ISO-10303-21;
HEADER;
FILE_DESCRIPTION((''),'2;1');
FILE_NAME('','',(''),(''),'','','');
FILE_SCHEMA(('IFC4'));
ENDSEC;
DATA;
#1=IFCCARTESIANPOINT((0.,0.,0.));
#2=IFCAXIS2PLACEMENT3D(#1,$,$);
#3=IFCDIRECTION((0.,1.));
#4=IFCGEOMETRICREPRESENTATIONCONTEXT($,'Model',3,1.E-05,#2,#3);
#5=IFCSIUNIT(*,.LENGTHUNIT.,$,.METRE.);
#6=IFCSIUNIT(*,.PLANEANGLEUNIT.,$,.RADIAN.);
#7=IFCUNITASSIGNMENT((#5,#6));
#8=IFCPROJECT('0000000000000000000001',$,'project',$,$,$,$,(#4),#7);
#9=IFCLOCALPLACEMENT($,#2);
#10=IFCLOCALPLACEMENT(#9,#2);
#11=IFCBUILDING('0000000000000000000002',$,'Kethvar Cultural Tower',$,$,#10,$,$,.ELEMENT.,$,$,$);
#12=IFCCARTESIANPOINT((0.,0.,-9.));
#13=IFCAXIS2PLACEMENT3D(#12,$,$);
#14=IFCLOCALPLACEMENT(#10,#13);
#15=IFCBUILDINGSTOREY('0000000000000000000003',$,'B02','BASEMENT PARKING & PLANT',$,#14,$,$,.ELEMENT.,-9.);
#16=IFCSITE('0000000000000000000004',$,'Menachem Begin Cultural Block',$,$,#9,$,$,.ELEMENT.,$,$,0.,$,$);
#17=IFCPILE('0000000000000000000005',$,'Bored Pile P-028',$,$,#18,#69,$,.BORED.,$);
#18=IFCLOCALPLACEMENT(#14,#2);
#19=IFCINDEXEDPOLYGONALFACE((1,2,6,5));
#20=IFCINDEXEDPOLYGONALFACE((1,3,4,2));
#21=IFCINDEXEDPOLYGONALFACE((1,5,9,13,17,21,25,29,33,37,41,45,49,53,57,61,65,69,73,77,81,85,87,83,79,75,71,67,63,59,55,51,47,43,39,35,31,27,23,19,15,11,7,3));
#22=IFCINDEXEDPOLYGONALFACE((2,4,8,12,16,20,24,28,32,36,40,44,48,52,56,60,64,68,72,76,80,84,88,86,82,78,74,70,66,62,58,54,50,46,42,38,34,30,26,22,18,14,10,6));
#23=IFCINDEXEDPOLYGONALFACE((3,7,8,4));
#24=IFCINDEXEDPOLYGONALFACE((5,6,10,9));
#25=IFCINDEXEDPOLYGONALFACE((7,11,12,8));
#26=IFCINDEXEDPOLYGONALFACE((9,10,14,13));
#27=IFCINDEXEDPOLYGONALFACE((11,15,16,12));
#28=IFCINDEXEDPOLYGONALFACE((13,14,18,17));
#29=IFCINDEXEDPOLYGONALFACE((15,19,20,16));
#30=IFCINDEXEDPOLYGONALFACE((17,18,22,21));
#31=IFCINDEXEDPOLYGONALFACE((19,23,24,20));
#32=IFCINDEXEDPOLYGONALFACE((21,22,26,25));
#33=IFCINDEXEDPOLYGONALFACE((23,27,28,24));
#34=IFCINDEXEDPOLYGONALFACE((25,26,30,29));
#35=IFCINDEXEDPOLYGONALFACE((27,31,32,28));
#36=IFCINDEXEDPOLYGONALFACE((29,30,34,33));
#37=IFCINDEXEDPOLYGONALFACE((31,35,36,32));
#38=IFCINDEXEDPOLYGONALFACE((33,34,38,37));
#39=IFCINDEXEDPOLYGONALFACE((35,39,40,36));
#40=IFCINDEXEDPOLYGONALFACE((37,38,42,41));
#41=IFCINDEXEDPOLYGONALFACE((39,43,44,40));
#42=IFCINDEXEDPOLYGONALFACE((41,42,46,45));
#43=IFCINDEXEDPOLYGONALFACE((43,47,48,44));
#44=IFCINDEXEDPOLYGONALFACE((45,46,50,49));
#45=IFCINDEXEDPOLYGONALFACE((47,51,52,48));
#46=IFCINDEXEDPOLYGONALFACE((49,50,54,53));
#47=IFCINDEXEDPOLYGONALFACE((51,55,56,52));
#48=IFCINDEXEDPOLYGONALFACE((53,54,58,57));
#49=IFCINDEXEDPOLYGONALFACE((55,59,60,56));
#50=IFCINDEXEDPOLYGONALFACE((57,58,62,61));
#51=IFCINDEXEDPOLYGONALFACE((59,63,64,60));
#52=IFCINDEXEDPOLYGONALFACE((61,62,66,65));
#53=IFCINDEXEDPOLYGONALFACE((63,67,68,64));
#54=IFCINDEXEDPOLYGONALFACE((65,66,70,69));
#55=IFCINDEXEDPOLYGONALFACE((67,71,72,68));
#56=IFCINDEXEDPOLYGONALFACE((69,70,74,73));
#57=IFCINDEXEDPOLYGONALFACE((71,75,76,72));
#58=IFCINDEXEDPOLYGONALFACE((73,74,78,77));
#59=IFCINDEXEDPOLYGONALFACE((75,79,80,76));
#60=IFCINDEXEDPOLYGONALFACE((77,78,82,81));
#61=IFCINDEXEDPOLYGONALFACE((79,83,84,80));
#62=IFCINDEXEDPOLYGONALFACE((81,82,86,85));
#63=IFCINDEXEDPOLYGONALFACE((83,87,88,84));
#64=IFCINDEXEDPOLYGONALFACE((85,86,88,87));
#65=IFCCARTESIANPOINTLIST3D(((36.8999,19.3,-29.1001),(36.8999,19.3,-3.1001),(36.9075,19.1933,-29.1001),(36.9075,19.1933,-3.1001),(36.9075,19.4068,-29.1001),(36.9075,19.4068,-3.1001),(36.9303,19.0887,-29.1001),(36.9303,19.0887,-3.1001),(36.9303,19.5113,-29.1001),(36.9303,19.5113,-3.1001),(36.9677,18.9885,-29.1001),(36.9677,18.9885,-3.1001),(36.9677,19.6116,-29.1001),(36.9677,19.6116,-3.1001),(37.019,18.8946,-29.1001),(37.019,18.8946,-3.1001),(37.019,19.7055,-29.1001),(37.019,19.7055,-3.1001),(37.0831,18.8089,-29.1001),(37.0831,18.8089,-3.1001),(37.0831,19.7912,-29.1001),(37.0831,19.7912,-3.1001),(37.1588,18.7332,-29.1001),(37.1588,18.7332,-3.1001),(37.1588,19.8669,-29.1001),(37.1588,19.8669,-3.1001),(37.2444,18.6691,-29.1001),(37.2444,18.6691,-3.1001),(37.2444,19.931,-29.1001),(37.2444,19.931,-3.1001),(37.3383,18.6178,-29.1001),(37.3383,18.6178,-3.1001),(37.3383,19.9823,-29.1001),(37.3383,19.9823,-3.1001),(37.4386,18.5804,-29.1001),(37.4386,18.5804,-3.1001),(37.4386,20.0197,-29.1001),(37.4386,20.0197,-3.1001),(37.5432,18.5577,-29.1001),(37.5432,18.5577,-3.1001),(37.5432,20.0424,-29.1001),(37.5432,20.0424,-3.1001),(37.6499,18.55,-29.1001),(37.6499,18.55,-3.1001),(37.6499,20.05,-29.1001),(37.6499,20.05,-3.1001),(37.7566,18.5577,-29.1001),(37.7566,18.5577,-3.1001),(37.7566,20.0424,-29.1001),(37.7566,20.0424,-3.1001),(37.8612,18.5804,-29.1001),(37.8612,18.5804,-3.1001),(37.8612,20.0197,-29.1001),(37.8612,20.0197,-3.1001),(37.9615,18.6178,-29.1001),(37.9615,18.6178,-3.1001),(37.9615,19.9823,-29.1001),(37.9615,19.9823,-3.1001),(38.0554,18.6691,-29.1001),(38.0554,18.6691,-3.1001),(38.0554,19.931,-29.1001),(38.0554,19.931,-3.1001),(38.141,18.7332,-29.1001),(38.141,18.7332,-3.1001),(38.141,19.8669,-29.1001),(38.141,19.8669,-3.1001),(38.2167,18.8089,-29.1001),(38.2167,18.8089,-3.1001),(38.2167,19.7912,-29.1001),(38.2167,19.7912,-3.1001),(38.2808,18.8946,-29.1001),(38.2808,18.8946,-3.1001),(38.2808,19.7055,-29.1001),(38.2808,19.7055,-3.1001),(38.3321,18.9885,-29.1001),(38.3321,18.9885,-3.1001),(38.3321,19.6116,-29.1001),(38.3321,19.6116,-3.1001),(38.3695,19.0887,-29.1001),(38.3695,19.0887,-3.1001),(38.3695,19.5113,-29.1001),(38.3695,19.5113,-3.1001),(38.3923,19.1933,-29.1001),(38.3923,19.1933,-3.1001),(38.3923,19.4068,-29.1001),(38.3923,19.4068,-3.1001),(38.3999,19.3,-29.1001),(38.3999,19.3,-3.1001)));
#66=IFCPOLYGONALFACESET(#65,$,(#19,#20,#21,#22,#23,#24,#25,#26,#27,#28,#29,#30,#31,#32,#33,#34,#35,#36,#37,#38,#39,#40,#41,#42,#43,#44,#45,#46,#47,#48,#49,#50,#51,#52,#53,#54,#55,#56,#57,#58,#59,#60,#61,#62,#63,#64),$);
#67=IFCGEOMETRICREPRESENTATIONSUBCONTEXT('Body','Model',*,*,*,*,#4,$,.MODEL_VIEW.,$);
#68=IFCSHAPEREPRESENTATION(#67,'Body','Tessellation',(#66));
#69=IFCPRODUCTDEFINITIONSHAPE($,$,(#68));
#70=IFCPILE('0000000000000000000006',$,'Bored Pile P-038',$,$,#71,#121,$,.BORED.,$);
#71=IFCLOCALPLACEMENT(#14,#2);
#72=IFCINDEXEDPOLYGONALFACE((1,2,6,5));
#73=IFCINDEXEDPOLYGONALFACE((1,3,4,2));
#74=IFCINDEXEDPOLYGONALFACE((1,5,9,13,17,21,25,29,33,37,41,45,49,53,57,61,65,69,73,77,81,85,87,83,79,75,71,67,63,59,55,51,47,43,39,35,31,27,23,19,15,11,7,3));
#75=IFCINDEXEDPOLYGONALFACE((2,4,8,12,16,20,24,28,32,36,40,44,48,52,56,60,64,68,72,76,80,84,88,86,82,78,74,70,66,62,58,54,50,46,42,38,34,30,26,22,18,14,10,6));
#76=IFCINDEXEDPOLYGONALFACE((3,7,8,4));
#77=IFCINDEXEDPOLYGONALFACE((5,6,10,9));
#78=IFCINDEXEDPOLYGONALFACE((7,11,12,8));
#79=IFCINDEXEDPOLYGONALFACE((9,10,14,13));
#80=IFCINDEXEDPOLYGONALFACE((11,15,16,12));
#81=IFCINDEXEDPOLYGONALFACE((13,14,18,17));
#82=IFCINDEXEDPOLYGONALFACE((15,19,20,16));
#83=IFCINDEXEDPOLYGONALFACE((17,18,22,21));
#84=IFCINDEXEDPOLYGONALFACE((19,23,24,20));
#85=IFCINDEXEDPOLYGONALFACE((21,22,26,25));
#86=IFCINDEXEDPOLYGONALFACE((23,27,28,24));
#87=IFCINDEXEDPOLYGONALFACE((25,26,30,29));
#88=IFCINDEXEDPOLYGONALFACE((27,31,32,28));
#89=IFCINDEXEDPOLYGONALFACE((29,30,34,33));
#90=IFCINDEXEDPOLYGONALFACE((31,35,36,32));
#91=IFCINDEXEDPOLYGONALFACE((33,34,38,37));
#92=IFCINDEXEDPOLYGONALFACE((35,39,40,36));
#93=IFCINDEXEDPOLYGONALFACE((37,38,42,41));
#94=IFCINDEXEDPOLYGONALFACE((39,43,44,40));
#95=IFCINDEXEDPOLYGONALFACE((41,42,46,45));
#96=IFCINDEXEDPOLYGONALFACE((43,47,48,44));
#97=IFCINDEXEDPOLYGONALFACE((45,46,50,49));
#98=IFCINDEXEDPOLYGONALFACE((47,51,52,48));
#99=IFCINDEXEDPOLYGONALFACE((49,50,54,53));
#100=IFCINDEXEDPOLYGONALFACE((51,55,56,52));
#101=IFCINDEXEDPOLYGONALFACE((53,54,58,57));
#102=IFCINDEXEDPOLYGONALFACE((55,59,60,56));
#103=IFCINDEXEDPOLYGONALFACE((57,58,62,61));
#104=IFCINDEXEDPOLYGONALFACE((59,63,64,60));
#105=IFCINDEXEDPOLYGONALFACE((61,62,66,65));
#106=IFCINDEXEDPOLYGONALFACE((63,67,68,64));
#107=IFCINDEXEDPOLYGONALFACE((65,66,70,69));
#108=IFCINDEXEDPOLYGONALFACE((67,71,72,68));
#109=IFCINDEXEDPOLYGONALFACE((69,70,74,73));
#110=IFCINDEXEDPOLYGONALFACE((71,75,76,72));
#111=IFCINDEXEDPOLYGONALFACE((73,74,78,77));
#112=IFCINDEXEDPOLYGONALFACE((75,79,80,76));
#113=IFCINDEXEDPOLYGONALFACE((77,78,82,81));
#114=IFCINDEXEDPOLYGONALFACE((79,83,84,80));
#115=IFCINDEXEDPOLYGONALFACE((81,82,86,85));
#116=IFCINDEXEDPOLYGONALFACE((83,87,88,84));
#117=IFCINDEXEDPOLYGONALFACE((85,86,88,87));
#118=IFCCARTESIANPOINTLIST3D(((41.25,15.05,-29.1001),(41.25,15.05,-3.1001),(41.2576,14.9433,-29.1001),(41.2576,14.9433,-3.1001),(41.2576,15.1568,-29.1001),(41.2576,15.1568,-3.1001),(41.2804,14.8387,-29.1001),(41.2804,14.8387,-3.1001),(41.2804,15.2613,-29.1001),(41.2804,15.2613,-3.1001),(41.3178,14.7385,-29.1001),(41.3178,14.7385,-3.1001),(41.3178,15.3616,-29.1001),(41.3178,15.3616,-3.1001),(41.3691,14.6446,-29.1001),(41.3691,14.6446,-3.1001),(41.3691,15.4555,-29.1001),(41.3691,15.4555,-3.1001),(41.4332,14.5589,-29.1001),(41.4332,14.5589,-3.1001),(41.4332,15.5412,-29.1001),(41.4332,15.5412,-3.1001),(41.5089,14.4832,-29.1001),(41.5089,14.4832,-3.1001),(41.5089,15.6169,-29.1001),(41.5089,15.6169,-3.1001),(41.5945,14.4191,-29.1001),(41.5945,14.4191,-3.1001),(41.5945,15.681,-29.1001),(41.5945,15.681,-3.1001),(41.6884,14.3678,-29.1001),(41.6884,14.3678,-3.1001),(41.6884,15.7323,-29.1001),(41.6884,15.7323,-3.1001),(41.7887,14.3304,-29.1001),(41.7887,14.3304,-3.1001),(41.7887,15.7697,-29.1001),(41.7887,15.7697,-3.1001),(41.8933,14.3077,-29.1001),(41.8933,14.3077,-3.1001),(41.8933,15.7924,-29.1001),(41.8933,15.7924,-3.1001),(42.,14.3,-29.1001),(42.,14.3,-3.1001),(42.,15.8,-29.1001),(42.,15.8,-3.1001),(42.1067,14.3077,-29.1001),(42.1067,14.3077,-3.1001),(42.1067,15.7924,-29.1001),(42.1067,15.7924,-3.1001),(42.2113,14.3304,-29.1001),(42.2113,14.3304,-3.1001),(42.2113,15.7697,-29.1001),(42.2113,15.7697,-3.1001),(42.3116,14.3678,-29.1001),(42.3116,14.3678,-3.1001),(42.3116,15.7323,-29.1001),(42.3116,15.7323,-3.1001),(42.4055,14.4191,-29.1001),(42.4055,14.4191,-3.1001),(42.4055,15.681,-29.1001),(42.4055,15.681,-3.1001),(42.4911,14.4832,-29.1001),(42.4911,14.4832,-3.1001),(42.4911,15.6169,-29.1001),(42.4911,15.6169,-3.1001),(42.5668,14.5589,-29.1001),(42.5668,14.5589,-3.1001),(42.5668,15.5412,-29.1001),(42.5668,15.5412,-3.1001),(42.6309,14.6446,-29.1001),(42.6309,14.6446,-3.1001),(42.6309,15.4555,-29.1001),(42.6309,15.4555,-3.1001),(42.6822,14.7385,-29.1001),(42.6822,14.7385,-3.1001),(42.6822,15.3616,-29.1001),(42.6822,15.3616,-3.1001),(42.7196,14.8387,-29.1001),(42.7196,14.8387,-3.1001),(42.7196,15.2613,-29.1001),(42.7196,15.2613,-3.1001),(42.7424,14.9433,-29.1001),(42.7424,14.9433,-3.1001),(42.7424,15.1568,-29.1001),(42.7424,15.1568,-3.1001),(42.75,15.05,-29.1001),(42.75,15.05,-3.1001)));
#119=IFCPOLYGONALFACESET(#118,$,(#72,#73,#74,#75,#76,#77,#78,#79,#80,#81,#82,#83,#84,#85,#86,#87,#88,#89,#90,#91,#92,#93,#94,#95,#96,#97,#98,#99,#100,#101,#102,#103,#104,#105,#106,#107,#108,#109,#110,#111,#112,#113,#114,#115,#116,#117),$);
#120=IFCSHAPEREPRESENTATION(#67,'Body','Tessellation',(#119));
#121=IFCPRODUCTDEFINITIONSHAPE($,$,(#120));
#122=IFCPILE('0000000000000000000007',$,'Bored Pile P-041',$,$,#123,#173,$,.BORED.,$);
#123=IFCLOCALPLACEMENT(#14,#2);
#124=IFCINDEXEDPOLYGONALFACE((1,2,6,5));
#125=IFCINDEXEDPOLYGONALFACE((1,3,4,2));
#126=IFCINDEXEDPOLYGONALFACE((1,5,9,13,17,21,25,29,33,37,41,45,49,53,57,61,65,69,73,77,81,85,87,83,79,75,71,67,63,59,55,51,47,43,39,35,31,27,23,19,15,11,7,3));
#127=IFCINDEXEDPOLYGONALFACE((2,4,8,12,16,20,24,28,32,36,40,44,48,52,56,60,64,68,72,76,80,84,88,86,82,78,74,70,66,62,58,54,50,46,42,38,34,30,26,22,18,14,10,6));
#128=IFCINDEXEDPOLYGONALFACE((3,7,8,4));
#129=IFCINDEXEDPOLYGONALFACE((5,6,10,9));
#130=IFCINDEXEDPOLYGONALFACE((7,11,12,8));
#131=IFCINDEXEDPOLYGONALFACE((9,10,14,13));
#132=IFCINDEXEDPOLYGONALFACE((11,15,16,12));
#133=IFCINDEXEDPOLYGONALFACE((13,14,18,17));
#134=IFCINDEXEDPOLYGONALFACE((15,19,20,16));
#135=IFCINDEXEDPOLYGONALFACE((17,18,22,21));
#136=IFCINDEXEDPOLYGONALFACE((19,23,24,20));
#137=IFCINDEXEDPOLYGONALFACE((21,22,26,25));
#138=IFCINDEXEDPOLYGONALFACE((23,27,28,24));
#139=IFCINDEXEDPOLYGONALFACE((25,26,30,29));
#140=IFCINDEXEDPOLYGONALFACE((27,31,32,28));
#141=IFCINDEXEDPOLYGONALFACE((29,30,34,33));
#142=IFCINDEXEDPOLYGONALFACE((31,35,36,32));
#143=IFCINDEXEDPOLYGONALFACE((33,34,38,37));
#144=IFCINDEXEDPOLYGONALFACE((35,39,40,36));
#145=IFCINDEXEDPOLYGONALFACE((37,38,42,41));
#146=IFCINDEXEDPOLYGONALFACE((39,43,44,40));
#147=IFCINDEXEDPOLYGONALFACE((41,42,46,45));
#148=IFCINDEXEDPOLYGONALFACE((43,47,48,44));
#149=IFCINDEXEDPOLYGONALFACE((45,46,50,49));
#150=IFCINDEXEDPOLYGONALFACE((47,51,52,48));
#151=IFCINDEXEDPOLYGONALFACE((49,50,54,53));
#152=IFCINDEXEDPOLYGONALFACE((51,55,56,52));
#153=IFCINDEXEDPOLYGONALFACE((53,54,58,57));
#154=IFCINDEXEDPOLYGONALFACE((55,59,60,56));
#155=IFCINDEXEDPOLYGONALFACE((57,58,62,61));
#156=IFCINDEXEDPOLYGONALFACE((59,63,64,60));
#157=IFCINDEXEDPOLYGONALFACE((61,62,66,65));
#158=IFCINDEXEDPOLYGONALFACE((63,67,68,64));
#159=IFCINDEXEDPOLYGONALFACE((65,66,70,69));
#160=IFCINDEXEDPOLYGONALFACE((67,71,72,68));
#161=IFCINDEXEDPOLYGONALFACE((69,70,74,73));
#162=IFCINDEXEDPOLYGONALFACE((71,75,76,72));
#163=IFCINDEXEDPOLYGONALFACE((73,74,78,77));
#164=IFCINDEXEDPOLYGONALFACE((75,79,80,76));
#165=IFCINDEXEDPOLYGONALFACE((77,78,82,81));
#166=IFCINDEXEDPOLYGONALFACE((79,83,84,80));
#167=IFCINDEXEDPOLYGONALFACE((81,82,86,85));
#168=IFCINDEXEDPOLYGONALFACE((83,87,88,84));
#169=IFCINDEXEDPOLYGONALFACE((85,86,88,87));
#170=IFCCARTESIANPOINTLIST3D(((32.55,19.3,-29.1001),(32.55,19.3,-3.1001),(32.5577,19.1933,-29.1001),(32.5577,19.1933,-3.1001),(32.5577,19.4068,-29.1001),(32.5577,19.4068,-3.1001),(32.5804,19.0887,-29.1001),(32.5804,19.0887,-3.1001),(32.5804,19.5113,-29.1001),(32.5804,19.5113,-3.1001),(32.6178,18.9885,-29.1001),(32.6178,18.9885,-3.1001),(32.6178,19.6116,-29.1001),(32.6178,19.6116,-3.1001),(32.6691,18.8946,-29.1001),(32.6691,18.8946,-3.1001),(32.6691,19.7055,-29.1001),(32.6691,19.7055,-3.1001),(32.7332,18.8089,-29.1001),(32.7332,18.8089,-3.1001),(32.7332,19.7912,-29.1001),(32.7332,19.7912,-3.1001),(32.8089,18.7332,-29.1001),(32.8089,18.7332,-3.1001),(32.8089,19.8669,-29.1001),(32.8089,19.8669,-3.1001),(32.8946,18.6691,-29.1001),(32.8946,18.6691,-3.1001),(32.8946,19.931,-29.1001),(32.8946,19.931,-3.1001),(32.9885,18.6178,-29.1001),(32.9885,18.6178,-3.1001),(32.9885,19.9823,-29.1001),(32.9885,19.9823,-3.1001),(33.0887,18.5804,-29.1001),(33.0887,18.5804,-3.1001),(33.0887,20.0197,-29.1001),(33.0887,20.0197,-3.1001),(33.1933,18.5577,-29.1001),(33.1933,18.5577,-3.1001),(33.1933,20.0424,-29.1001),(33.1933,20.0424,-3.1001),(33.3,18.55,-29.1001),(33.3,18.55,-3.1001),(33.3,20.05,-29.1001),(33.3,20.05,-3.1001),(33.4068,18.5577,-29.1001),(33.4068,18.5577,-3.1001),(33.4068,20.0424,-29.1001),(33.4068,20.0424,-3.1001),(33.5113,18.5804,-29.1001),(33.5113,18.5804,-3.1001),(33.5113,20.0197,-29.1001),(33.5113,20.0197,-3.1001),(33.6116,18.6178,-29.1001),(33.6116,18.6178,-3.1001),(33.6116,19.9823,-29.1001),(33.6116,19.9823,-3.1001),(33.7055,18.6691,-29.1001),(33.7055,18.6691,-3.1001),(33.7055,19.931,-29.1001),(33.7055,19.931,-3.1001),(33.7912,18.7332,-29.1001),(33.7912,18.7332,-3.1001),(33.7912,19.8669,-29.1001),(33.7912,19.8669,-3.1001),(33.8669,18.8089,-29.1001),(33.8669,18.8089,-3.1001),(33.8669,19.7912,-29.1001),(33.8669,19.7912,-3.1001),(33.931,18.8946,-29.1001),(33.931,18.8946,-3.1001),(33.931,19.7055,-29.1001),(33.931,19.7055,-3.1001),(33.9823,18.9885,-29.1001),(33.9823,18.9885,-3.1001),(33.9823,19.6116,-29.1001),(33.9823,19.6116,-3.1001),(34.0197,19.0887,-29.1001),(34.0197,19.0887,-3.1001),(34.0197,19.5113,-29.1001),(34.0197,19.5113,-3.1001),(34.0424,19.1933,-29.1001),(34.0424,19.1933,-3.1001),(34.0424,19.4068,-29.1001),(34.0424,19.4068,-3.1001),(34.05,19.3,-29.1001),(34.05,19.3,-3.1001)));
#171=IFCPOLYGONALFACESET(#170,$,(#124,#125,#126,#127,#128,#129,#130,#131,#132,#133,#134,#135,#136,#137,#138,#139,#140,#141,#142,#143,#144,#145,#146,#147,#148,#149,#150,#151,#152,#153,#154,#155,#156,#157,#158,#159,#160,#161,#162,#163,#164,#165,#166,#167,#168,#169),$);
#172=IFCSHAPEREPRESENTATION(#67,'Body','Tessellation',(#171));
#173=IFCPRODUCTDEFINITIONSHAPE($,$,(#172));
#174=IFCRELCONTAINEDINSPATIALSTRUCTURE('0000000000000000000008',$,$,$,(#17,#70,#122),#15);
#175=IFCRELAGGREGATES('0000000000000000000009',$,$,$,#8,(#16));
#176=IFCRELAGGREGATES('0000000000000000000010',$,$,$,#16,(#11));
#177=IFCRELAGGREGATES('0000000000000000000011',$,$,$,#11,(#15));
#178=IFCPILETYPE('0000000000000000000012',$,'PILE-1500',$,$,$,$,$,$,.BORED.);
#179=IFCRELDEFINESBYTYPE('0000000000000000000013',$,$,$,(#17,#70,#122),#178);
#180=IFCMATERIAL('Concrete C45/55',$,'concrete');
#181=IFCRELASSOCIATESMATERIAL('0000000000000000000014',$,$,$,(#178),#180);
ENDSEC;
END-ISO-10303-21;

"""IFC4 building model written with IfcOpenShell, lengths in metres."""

from ifc_helpers import new_model, si_unit, direction, frame, origin, origin_2d, place, context, subcontext, project, spatial, circle, extrude, source, transform, mapped, material, material_profile, profile_set, type_object, element, save


model = new_model("IFC4")

# Units and contexts
model_context = context("Model", 3, precision=1e-05, world=origin(), true_north=direction((0.0, 1.0)))
body_context = subcontext(model_context, "Body", "Model", "MODEL_VIEW")
ifc_project = project(units=[si_unit("LENGTHUNIT", "METRE"), si_unit("PLANEANGLEUNIT", "RADIAN")], contexts=[model_context])

# Site, building, storey
site_placement = place(None, origin())
site = spatial("IfcSite", under=ifc_project, at=site_placement, Name="Menachem Begin Cultural Block", CompositionType="ELEMENT", RefElevation=0.0)
building_placement = place(site_placement, origin())
building = spatial("IfcBuilding", under=site, at=building_placement, Name="Kethvar Cultural Tower", CompositionType="ELEMENT")
storey_placement = place(building_placement, frame((0.0, 0.0, -9.0)))
storey = spatial("IfcBuildingStorey", under=building, at=storey_placement, Name="B02", Description="BASEMENT PARKING & PLANT", CompositionType="ELEMENT", Elevation=-9.0)

# Piles
ifc_material_1 = material(Name="Concrete C45/55", Category="concrete")
ifc_material_profile_1 = material_profile(ifc_material_1, circle(Radius=0.75, at=origin_2d()), Name="Concrete C45/55 — PILE1500")
ifc_profile_set_1 = profile_set([ifc_material_profile_1], Name="Concrete C45/55 — PILE1500")
pile_type = type_object("IfcPileType", Name="PILE-1500", PredefinedType="BORED", material=ifc_profile_set_1)
shared_shape_1 = source(origin(), body_context, "Body", "SweptSolid", [
    extrude(circle(Radius=0.75, at=origin_2d()), origin(), (0.0, 0.0, 1.0), 26.0),
])
for number, where, z_axis, x_axis, name in (
    (1, (37.6499, 19.3, -3.1001), (0.0, 0.0, -1.0), (1.0, 0.0, 0.0), "Bored Pile P-028"),
    (2, (42.0, 15.05, -3.1001), (0.0, 0.0, -1.0), (1.0, 0.0, 0.0), "Bored Pile P-038"),
    (3, (33.3, 19.3, -3.1001), (0.0, 0.0, -1.0), (1.0, 0.0, 0.0), "Bored Pile P-041"),
):
    element("IfcPile", number, at=place(storey_placement, frame(where, z_axis=z_axis, x_axis=x_axis)), inside=storey, type_object=pile_type, Name=name, PredefinedType="BORED", context=body_context, shape_type="MappedRepresentation", body=[
        mapped(shared_shape_1, transform((0.0, 0.0, 0.0), scale=1.0)),
    ])

save(model, "model.ifc")
